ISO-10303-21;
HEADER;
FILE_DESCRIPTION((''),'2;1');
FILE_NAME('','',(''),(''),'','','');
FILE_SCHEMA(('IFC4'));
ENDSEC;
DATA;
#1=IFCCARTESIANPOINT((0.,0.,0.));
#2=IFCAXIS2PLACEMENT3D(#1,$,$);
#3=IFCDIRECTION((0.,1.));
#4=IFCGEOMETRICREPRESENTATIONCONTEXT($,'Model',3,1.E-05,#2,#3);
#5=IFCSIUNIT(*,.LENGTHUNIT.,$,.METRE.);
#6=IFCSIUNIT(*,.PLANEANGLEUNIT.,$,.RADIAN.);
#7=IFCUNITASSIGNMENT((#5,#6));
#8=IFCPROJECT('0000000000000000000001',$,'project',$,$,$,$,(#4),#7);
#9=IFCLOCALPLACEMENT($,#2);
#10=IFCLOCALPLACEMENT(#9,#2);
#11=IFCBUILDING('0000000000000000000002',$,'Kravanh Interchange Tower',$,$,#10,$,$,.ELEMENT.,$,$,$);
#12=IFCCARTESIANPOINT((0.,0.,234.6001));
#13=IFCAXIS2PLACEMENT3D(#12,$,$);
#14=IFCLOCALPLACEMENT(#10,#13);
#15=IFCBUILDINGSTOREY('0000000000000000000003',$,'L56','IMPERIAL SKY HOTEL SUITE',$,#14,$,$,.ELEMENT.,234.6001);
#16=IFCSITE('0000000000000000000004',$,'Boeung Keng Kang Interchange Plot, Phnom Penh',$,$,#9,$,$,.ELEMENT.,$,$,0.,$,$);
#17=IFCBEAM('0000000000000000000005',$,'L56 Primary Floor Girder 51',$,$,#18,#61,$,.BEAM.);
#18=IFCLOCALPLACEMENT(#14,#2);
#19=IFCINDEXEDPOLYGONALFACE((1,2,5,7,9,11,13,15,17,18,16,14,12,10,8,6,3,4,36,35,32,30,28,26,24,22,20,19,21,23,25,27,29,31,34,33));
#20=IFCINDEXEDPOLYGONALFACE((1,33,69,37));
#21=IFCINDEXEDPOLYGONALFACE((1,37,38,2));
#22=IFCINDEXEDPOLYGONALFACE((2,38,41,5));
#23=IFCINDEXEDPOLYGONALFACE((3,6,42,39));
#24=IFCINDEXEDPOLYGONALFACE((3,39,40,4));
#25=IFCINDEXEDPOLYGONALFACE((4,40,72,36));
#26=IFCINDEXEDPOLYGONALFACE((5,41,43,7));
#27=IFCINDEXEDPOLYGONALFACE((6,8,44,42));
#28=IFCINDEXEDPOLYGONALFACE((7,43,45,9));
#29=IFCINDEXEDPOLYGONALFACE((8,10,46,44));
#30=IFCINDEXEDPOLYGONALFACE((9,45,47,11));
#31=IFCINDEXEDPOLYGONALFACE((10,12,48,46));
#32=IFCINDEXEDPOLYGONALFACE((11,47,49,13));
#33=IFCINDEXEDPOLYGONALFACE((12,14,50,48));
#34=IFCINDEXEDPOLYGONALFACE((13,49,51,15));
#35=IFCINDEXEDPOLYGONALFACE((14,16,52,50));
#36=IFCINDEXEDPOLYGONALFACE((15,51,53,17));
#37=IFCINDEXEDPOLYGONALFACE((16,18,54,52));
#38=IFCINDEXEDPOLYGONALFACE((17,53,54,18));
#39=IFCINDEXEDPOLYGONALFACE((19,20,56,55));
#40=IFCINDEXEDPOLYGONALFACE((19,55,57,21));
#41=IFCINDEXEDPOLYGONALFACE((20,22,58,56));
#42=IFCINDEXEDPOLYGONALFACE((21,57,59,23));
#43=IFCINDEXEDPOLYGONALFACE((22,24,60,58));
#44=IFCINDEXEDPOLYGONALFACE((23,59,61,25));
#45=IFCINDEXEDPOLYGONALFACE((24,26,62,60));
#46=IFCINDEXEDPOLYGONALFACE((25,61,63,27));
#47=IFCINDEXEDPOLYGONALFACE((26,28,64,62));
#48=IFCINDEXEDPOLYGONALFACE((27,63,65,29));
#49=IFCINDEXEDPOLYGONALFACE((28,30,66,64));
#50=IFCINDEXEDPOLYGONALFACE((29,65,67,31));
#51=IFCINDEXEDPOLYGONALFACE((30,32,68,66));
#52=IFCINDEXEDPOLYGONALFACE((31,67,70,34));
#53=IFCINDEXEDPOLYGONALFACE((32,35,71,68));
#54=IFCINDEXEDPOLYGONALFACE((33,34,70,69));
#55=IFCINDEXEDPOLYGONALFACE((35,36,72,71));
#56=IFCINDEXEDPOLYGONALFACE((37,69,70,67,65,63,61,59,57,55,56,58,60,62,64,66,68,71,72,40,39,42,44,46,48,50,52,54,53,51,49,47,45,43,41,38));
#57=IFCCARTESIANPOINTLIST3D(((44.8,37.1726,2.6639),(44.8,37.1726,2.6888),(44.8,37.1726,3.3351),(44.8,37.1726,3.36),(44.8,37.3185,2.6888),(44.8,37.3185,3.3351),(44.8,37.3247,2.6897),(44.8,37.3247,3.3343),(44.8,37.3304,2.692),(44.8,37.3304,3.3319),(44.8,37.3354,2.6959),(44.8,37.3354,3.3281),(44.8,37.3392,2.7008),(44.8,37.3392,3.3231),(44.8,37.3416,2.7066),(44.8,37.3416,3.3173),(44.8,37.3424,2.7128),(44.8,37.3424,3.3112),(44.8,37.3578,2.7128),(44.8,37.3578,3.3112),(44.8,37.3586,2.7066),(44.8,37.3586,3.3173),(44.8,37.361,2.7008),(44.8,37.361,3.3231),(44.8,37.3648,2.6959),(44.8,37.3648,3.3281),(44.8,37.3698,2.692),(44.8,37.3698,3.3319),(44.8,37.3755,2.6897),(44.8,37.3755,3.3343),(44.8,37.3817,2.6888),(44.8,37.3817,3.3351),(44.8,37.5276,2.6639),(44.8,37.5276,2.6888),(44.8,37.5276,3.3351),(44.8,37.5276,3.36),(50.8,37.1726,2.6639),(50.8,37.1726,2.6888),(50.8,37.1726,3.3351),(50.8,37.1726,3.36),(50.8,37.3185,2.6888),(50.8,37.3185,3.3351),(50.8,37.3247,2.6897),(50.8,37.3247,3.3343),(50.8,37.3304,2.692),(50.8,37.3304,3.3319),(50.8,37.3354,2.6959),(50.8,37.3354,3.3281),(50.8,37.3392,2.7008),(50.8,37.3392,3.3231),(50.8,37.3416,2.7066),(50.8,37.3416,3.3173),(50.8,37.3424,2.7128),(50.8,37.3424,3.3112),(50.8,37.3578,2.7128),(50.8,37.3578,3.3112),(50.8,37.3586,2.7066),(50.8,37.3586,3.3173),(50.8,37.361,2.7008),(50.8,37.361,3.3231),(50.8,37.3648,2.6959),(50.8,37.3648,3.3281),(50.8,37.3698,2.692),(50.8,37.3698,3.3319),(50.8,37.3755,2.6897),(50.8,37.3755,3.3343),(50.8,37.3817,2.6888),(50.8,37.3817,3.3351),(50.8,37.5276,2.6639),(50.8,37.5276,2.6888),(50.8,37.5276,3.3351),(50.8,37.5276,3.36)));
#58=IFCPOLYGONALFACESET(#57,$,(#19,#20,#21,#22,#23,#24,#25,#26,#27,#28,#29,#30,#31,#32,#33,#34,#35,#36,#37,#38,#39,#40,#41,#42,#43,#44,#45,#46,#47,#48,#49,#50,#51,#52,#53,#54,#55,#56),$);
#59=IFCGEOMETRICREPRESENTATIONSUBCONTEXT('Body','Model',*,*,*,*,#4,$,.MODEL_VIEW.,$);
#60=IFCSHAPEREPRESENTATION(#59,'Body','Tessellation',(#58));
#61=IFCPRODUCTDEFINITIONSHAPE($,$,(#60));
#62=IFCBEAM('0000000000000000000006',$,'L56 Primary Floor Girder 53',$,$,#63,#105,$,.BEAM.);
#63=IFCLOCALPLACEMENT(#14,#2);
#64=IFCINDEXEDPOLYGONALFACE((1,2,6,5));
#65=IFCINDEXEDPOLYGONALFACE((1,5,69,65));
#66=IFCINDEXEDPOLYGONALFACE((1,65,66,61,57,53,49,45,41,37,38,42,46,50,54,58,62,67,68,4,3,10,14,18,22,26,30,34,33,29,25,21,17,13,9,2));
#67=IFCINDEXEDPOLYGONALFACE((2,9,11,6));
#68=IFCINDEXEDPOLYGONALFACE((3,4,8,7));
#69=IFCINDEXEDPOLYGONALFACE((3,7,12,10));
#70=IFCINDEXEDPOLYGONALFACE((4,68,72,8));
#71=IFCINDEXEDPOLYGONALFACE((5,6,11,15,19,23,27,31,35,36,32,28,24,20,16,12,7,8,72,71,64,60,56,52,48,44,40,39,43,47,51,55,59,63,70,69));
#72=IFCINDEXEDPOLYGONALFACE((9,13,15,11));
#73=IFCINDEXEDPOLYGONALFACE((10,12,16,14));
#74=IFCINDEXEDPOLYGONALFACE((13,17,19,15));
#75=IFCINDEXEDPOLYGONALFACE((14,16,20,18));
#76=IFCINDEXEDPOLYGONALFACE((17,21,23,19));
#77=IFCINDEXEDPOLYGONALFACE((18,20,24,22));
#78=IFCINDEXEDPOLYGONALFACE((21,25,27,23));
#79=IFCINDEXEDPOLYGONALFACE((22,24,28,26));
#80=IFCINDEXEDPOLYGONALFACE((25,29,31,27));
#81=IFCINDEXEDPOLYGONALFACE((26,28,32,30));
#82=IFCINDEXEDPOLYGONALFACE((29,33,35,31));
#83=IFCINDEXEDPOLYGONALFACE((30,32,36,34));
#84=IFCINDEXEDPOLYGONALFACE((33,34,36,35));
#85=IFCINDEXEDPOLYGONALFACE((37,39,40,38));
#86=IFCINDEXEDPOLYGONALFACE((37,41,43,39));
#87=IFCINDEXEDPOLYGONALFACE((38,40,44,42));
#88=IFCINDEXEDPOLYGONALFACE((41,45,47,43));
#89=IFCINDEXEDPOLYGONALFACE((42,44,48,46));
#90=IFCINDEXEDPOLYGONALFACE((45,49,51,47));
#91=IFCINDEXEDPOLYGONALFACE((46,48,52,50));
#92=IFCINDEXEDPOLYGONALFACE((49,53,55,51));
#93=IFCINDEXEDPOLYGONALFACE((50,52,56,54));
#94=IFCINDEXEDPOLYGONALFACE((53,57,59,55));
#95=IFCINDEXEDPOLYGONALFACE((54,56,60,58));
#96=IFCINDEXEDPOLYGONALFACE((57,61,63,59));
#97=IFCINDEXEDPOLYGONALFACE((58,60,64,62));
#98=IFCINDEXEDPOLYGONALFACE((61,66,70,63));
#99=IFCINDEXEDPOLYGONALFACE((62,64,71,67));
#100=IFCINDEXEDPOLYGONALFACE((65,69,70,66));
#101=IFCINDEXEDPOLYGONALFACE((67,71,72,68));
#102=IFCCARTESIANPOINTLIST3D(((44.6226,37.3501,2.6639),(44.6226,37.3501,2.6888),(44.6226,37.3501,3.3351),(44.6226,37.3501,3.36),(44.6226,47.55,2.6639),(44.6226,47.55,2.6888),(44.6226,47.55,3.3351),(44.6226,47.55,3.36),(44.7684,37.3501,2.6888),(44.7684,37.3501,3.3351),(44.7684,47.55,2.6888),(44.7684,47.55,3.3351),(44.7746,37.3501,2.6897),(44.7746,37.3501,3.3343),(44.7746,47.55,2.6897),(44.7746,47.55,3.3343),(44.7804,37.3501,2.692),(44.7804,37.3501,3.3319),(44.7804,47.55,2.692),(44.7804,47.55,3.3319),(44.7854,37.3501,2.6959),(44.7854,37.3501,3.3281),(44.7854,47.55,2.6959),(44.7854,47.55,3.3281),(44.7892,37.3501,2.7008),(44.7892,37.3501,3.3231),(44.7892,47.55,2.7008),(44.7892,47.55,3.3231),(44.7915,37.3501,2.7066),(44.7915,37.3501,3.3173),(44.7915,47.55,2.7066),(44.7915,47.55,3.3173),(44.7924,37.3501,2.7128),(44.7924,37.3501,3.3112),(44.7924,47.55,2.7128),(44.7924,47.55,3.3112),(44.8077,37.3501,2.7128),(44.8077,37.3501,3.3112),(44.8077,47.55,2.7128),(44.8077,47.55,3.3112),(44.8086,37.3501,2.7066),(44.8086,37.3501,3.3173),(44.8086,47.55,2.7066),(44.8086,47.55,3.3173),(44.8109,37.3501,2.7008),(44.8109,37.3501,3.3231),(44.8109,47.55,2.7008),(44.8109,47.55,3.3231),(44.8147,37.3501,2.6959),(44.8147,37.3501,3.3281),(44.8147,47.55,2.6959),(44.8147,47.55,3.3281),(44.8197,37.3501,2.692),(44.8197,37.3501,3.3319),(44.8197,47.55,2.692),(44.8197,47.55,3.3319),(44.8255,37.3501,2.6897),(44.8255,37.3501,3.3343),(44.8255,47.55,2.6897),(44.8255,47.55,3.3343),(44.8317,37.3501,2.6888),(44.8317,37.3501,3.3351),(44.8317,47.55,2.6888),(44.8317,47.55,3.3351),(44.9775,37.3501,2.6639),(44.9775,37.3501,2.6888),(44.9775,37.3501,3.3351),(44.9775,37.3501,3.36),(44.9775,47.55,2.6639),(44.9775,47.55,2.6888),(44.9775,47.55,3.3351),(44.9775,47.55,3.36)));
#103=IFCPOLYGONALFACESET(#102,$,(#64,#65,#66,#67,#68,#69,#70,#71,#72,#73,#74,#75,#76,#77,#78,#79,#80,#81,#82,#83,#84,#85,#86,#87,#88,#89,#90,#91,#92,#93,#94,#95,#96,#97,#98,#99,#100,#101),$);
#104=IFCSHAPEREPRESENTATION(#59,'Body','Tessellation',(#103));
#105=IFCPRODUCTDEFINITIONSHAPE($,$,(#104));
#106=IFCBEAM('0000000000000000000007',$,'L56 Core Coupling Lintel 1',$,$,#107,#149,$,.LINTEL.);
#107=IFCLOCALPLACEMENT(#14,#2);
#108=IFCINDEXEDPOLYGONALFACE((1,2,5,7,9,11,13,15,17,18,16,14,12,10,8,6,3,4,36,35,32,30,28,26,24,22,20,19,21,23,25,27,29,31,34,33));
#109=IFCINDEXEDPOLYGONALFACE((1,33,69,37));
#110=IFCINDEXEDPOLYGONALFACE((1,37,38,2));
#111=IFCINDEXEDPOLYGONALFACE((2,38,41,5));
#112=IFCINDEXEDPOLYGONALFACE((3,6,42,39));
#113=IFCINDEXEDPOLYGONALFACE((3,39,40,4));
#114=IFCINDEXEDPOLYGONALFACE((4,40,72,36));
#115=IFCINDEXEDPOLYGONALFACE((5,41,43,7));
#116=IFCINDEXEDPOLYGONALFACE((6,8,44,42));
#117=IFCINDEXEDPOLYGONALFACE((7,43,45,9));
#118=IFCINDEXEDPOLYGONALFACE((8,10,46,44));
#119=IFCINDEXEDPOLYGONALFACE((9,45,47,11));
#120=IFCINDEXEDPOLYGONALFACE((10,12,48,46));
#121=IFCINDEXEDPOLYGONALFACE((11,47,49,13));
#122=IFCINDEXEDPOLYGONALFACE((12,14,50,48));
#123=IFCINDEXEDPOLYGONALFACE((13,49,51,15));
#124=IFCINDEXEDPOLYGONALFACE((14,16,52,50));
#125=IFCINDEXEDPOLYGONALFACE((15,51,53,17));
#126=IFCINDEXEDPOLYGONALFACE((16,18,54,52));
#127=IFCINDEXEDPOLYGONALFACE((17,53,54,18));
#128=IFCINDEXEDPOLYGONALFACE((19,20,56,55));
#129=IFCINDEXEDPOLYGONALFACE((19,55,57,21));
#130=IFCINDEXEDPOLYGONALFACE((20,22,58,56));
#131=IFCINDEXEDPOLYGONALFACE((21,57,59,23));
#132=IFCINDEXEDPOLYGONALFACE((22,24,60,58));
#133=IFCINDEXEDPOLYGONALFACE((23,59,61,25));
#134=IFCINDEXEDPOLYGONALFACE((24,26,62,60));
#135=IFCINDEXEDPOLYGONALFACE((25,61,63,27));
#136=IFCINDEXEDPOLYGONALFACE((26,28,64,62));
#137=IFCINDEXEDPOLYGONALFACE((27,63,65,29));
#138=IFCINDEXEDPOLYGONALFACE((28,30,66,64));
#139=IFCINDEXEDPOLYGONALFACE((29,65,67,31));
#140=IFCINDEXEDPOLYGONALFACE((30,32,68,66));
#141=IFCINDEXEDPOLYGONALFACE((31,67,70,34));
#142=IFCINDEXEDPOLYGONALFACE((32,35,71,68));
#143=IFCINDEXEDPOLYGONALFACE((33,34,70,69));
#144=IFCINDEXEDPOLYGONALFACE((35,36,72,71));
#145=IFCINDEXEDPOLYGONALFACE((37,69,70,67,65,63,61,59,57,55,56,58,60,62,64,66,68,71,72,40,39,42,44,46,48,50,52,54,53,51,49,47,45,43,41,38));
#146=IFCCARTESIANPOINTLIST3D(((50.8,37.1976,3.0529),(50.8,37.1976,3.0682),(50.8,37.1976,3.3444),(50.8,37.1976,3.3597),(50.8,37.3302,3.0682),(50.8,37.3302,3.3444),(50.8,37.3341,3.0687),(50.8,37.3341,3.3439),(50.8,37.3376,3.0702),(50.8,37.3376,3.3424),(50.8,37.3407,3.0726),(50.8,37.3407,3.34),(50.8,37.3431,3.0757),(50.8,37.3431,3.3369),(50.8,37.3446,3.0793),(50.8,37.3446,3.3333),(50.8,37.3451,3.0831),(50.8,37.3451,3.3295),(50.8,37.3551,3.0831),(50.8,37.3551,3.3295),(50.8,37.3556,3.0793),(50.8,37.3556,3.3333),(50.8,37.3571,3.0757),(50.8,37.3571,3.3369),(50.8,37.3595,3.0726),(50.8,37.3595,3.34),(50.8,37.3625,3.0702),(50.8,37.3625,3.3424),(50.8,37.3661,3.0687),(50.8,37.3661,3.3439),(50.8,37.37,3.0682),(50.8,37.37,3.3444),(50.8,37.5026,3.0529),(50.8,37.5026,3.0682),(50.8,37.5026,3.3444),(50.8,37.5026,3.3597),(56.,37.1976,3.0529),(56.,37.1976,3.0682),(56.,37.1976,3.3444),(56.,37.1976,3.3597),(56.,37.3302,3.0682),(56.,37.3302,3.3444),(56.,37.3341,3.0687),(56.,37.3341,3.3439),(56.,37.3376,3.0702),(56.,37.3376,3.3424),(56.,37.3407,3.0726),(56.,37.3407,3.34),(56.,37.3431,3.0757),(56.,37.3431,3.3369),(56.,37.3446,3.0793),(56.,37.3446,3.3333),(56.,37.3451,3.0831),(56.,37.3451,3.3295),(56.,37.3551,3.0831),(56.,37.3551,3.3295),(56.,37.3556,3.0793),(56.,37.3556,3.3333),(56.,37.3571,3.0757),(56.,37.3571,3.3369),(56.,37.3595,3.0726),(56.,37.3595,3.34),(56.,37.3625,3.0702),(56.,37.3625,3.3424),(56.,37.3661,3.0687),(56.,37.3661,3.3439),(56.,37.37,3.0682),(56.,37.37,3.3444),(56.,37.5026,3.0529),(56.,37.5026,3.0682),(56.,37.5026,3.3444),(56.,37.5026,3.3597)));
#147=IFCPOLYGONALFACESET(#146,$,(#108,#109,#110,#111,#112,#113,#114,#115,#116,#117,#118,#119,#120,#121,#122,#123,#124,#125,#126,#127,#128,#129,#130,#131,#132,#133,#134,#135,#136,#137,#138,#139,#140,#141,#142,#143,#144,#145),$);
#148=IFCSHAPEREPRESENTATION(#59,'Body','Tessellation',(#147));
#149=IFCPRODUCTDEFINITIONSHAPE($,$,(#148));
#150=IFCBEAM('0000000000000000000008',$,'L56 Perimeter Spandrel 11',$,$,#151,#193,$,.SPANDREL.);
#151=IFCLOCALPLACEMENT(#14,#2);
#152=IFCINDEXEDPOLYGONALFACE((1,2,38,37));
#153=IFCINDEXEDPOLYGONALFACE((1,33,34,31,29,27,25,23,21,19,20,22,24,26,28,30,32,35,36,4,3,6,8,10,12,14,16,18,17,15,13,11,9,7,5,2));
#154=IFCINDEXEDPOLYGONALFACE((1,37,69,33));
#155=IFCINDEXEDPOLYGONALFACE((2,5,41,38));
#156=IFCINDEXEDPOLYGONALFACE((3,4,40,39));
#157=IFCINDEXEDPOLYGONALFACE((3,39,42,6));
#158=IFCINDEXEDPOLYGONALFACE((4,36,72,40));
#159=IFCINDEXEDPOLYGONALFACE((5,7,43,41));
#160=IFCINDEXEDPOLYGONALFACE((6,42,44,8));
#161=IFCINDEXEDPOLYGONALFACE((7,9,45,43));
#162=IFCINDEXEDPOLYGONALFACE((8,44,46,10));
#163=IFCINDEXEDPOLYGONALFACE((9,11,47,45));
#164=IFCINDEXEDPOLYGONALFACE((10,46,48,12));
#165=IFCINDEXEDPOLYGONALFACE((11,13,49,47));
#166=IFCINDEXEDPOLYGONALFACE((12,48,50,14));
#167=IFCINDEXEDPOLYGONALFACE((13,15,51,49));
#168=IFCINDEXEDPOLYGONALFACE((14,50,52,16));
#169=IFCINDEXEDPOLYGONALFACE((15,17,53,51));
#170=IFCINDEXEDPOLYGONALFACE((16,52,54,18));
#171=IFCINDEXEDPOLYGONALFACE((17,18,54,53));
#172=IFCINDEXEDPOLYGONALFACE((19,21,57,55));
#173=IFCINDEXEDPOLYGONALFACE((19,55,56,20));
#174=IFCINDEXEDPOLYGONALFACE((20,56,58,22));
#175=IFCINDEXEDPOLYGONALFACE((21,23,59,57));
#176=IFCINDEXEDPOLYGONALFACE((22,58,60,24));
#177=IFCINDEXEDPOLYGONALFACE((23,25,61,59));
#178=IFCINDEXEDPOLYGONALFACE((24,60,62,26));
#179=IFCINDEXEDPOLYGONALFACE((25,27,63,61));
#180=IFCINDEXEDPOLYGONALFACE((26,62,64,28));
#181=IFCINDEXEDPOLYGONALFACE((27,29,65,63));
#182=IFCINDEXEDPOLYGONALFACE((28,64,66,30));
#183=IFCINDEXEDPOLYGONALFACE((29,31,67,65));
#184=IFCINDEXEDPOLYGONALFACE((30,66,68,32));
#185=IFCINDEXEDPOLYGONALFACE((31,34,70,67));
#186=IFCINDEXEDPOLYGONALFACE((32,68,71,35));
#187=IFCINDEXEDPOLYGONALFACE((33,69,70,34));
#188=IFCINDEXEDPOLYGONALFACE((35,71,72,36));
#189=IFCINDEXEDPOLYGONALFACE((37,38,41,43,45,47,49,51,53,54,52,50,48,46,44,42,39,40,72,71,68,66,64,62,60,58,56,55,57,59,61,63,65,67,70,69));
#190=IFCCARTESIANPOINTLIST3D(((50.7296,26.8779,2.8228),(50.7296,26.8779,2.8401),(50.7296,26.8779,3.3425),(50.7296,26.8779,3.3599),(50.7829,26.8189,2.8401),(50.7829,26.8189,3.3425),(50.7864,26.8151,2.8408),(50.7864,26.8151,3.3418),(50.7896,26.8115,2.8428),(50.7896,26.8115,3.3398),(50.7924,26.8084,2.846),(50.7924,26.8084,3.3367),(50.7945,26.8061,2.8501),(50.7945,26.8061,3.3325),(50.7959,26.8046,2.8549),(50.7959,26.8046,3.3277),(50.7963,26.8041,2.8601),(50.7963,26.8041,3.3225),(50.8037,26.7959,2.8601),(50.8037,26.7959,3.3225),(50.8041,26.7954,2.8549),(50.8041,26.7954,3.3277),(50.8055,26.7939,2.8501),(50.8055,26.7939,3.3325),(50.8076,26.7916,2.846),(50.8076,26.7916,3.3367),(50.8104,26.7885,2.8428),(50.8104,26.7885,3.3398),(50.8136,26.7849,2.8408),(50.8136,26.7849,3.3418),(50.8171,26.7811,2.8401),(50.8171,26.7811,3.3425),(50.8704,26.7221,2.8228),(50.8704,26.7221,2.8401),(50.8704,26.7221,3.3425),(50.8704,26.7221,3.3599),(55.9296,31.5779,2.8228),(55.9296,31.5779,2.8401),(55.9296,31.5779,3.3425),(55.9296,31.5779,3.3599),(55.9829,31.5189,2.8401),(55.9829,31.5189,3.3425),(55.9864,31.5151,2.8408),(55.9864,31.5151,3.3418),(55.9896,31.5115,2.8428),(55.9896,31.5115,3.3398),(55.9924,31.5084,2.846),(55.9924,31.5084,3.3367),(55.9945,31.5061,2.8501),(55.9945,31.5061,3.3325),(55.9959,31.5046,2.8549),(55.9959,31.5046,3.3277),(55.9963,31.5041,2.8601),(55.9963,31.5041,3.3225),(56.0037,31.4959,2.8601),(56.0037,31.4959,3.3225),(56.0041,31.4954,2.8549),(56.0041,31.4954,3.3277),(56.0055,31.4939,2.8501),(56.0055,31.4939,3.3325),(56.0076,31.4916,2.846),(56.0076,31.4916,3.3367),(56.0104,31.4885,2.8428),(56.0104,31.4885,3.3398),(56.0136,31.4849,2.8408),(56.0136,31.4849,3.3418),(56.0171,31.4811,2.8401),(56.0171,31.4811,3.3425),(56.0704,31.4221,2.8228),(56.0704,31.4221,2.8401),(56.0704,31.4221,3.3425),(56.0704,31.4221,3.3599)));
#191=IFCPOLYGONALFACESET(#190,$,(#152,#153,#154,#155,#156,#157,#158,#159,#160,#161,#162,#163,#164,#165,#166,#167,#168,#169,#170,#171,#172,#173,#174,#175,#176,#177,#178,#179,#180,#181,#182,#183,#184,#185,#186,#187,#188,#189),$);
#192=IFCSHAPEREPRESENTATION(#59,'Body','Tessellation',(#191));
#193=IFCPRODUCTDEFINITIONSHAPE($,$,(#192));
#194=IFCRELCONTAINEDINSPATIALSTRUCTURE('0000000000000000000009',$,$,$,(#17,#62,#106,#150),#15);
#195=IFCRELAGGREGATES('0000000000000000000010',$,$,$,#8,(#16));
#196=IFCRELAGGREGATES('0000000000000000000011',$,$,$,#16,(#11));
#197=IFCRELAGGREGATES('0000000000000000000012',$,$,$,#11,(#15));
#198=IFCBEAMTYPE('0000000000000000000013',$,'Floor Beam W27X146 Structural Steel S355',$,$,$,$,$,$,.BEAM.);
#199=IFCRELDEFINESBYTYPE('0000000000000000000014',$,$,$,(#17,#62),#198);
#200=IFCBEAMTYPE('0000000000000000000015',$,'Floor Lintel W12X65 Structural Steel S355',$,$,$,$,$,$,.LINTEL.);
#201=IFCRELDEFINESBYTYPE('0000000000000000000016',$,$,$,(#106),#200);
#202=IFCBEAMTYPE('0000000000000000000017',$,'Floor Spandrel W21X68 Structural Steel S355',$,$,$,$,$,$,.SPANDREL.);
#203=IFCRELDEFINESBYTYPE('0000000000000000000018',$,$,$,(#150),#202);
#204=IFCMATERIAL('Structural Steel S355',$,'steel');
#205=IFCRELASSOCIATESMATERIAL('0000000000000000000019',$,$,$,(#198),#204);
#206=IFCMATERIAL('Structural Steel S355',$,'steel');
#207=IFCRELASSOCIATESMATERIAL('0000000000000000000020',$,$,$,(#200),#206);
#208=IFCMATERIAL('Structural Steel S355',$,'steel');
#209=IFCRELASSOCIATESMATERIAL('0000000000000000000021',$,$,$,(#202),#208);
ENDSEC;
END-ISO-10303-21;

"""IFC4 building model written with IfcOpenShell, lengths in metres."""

from ifc_helpers import new_model, si_unit, direction, frame, origin, origin_2d, place, context, subcontext, project, spatial, i_section, extrude, material, material_profile, profile_set, type_object, element, save


model = new_model("IFC4")

# Units and contexts
model_context = context("Model", 3, precision=1e-05, world=origin(), true_north=direction((0.0, 1.0)))
body_context = subcontext(model_context, "Body", "Model", "MODEL_VIEW")
ifc_project = project(units=[si_unit("LENGTHUNIT", "METRE"), si_unit("PLANEANGLEUNIT", "RADIAN")], contexts=[model_context])

# Site, building, storey
site_placement = place(None, origin())
site = spatial("IfcSite", under=ifc_project, at=site_placement, Name="Boeung Keng Kang Interchange Plot, Phnom Penh", CompositionType="ELEMENT", RefElevation=0.0)
building_placement = place(site_placement, origin())
building = spatial("IfcBuilding", under=site, at=building_placement, Name="Kravanh Interchange Tower", CompositionType="ELEMENT")
storey_placement = place(building_placement, frame((0.0, 0.0, 234.6001)))
storey = spatial("IfcBuildingStorey", under=building, at=storey_placement, Name="L56", Description="IMPERIAL SKY HOTEL SUITE", CompositionType="ELEMENT", Elevation=234.6001)

# Beams
ifc_material_1 = material(Name="Structural Steel S355", Category="steel")
ifc_material_profile_1 = material_profile(ifc_material_1, i_section(OverallWidth=0.355, OverallDepth=0.696, WebThickness=0.0154, FlangeThickness=0.0249, FilletRadius=0.0239, at=origin_2d()), Name="W27X146")
ifc_profile_set_1 = profile_set([ifc_material_profile_1], Name="Structural Steel S355")
beam_type_1 = type_object("IfcBeamType", Name="Floor Beam W27X146 Structural Steel S355", PredefinedType="BEAM", material=ifc_profile_set_1)
beam_1_placement = place(storey_placement, frame((50.8, 37.3501, 3.012), z_axis=(-1.0, 0.0, 0.0), x_axis=(0.0, -1.0, 0.0)))
element("IfcBeam", 1, at=beam_1_placement, inside=storey, type_object=beam_type_1, Name="L56 Primary Floor Girder 51", PredefinedType="BEAM", context=body_context, shape_type="SweptSolid", body=[
    extrude(i_section(OverallWidth=0.355, OverallDepth=0.696, WebThickness=0.0154, FlangeThickness=0.0249, FilletRadius=0.0239, at=origin_2d()), origin(), (0.0, 0.0, 1.0), 6.0),
])
beam_2_placement = place(storey_placement, frame((44.8, 37.3501, 3.012), z_axis=(0.0, 1.0, 0.0), x_axis=(-1.0, 0.0, 0.0)))
element("IfcBeam", 2, at=beam_2_placement, inside=storey, type_object=beam_type_1, Name="L56 Primary Floor Girder 53", PredefinedType="BEAM", context=body_context, shape_type="SweptSolid", body=[
    extrude(i_section(OverallWidth=0.355, OverallDepth=0.696, WebThickness=0.0154, FlangeThickness=0.0249, FilletRadius=0.0239, at=origin_2d()), origin(), (0.0, 0.0, 1.0), 10.2),
])
ifc_material_2 = material(Name="Structural Steel S355", Category="steel")
ifc_material_profile_2 = material_profile(ifc_material_2, i_section(OverallWidth=0.3049, OverallDepth=0.3069, WebThickness=0.01, FlangeThickness=0.0154, FilletRadius=0.0149, at=origin_2d()), Name="W12X65")
ifc_profile_set_2 = profile_set([ifc_material_profile_2], Name="Structural Steel S355")
beam_type_2 = type_object("IfcBeamType", Name="Floor Lintel W12X65 Structural Steel S355", PredefinedType="LINTEL", material=ifc_profile_set_2)
beam_3_placement = place(storey_placement, frame((50.8, 37.3501, 3.2063), z_axis=(1.0, 0.0, 0.0), x_axis=(0.0, 1.0, 0.0)))
element("IfcBeam", 3, at=beam_3_placement, inside=storey, type_object=beam_type_2, Name="L56 Core Coupling Lintel 1", PredefinedType="LINTEL", context=body_context, shape_type="SweptSolid", body=[
    extrude(i_section(OverallWidth=0.3049, OverallDepth=0.3069, WebThickness=0.01, FlangeThickness=0.0154, FilletRadius=0.0149, at=origin_2d()), origin(), (0.0, 0.0, 1.0), 5.2),
])
ifc_material_3 = material(Name="Structural Steel S355", Category="steel")
ifc_material_profile_3 = material_profile(ifc_material_3, i_section(OverallWidth=0.21, OverallDepth=0.5371, WebThickness=0.011, FlangeThickness=0.0173, FilletRadius=0.02, at=origin_2d()), Name="W21X68")
ifc_profile_set_3 = profile_set([ifc_material_profile_3], Name="Structural Steel S355")
beam_type_3 = type_object("IfcBeamType", Name="Floor Spandrel W21X68 Structural Steel S355", PredefinedType="SPANDREL", material=ifc_profile_set_3)
beam_4_placement = place(storey_placement, frame((56.0, 31.5, 3.0913), z_axis=(-0.741874, -0.670539, 0.0), x_axis=(0.670539, -0.741874, 0.0)))
element("IfcBeam", 4, at=beam_4_placement, inside=storey, type_object=beam_type_3, Name="L56 Perimeter Spandrel 11", PredefinedType="SPANDREL", context=body_context, shape_type="SweptSolid", body=[
    extrude(i_section(OverallWidth=0.21, OverallDepth=0.5371, WebThickness=0.011, FlangeThickness=0.0173, FilletRadius=0.02, at=origin_2d()), origin(), (0.0, 0.0, 1.0), 7.0093),
])

save(model, "model.ifc")
